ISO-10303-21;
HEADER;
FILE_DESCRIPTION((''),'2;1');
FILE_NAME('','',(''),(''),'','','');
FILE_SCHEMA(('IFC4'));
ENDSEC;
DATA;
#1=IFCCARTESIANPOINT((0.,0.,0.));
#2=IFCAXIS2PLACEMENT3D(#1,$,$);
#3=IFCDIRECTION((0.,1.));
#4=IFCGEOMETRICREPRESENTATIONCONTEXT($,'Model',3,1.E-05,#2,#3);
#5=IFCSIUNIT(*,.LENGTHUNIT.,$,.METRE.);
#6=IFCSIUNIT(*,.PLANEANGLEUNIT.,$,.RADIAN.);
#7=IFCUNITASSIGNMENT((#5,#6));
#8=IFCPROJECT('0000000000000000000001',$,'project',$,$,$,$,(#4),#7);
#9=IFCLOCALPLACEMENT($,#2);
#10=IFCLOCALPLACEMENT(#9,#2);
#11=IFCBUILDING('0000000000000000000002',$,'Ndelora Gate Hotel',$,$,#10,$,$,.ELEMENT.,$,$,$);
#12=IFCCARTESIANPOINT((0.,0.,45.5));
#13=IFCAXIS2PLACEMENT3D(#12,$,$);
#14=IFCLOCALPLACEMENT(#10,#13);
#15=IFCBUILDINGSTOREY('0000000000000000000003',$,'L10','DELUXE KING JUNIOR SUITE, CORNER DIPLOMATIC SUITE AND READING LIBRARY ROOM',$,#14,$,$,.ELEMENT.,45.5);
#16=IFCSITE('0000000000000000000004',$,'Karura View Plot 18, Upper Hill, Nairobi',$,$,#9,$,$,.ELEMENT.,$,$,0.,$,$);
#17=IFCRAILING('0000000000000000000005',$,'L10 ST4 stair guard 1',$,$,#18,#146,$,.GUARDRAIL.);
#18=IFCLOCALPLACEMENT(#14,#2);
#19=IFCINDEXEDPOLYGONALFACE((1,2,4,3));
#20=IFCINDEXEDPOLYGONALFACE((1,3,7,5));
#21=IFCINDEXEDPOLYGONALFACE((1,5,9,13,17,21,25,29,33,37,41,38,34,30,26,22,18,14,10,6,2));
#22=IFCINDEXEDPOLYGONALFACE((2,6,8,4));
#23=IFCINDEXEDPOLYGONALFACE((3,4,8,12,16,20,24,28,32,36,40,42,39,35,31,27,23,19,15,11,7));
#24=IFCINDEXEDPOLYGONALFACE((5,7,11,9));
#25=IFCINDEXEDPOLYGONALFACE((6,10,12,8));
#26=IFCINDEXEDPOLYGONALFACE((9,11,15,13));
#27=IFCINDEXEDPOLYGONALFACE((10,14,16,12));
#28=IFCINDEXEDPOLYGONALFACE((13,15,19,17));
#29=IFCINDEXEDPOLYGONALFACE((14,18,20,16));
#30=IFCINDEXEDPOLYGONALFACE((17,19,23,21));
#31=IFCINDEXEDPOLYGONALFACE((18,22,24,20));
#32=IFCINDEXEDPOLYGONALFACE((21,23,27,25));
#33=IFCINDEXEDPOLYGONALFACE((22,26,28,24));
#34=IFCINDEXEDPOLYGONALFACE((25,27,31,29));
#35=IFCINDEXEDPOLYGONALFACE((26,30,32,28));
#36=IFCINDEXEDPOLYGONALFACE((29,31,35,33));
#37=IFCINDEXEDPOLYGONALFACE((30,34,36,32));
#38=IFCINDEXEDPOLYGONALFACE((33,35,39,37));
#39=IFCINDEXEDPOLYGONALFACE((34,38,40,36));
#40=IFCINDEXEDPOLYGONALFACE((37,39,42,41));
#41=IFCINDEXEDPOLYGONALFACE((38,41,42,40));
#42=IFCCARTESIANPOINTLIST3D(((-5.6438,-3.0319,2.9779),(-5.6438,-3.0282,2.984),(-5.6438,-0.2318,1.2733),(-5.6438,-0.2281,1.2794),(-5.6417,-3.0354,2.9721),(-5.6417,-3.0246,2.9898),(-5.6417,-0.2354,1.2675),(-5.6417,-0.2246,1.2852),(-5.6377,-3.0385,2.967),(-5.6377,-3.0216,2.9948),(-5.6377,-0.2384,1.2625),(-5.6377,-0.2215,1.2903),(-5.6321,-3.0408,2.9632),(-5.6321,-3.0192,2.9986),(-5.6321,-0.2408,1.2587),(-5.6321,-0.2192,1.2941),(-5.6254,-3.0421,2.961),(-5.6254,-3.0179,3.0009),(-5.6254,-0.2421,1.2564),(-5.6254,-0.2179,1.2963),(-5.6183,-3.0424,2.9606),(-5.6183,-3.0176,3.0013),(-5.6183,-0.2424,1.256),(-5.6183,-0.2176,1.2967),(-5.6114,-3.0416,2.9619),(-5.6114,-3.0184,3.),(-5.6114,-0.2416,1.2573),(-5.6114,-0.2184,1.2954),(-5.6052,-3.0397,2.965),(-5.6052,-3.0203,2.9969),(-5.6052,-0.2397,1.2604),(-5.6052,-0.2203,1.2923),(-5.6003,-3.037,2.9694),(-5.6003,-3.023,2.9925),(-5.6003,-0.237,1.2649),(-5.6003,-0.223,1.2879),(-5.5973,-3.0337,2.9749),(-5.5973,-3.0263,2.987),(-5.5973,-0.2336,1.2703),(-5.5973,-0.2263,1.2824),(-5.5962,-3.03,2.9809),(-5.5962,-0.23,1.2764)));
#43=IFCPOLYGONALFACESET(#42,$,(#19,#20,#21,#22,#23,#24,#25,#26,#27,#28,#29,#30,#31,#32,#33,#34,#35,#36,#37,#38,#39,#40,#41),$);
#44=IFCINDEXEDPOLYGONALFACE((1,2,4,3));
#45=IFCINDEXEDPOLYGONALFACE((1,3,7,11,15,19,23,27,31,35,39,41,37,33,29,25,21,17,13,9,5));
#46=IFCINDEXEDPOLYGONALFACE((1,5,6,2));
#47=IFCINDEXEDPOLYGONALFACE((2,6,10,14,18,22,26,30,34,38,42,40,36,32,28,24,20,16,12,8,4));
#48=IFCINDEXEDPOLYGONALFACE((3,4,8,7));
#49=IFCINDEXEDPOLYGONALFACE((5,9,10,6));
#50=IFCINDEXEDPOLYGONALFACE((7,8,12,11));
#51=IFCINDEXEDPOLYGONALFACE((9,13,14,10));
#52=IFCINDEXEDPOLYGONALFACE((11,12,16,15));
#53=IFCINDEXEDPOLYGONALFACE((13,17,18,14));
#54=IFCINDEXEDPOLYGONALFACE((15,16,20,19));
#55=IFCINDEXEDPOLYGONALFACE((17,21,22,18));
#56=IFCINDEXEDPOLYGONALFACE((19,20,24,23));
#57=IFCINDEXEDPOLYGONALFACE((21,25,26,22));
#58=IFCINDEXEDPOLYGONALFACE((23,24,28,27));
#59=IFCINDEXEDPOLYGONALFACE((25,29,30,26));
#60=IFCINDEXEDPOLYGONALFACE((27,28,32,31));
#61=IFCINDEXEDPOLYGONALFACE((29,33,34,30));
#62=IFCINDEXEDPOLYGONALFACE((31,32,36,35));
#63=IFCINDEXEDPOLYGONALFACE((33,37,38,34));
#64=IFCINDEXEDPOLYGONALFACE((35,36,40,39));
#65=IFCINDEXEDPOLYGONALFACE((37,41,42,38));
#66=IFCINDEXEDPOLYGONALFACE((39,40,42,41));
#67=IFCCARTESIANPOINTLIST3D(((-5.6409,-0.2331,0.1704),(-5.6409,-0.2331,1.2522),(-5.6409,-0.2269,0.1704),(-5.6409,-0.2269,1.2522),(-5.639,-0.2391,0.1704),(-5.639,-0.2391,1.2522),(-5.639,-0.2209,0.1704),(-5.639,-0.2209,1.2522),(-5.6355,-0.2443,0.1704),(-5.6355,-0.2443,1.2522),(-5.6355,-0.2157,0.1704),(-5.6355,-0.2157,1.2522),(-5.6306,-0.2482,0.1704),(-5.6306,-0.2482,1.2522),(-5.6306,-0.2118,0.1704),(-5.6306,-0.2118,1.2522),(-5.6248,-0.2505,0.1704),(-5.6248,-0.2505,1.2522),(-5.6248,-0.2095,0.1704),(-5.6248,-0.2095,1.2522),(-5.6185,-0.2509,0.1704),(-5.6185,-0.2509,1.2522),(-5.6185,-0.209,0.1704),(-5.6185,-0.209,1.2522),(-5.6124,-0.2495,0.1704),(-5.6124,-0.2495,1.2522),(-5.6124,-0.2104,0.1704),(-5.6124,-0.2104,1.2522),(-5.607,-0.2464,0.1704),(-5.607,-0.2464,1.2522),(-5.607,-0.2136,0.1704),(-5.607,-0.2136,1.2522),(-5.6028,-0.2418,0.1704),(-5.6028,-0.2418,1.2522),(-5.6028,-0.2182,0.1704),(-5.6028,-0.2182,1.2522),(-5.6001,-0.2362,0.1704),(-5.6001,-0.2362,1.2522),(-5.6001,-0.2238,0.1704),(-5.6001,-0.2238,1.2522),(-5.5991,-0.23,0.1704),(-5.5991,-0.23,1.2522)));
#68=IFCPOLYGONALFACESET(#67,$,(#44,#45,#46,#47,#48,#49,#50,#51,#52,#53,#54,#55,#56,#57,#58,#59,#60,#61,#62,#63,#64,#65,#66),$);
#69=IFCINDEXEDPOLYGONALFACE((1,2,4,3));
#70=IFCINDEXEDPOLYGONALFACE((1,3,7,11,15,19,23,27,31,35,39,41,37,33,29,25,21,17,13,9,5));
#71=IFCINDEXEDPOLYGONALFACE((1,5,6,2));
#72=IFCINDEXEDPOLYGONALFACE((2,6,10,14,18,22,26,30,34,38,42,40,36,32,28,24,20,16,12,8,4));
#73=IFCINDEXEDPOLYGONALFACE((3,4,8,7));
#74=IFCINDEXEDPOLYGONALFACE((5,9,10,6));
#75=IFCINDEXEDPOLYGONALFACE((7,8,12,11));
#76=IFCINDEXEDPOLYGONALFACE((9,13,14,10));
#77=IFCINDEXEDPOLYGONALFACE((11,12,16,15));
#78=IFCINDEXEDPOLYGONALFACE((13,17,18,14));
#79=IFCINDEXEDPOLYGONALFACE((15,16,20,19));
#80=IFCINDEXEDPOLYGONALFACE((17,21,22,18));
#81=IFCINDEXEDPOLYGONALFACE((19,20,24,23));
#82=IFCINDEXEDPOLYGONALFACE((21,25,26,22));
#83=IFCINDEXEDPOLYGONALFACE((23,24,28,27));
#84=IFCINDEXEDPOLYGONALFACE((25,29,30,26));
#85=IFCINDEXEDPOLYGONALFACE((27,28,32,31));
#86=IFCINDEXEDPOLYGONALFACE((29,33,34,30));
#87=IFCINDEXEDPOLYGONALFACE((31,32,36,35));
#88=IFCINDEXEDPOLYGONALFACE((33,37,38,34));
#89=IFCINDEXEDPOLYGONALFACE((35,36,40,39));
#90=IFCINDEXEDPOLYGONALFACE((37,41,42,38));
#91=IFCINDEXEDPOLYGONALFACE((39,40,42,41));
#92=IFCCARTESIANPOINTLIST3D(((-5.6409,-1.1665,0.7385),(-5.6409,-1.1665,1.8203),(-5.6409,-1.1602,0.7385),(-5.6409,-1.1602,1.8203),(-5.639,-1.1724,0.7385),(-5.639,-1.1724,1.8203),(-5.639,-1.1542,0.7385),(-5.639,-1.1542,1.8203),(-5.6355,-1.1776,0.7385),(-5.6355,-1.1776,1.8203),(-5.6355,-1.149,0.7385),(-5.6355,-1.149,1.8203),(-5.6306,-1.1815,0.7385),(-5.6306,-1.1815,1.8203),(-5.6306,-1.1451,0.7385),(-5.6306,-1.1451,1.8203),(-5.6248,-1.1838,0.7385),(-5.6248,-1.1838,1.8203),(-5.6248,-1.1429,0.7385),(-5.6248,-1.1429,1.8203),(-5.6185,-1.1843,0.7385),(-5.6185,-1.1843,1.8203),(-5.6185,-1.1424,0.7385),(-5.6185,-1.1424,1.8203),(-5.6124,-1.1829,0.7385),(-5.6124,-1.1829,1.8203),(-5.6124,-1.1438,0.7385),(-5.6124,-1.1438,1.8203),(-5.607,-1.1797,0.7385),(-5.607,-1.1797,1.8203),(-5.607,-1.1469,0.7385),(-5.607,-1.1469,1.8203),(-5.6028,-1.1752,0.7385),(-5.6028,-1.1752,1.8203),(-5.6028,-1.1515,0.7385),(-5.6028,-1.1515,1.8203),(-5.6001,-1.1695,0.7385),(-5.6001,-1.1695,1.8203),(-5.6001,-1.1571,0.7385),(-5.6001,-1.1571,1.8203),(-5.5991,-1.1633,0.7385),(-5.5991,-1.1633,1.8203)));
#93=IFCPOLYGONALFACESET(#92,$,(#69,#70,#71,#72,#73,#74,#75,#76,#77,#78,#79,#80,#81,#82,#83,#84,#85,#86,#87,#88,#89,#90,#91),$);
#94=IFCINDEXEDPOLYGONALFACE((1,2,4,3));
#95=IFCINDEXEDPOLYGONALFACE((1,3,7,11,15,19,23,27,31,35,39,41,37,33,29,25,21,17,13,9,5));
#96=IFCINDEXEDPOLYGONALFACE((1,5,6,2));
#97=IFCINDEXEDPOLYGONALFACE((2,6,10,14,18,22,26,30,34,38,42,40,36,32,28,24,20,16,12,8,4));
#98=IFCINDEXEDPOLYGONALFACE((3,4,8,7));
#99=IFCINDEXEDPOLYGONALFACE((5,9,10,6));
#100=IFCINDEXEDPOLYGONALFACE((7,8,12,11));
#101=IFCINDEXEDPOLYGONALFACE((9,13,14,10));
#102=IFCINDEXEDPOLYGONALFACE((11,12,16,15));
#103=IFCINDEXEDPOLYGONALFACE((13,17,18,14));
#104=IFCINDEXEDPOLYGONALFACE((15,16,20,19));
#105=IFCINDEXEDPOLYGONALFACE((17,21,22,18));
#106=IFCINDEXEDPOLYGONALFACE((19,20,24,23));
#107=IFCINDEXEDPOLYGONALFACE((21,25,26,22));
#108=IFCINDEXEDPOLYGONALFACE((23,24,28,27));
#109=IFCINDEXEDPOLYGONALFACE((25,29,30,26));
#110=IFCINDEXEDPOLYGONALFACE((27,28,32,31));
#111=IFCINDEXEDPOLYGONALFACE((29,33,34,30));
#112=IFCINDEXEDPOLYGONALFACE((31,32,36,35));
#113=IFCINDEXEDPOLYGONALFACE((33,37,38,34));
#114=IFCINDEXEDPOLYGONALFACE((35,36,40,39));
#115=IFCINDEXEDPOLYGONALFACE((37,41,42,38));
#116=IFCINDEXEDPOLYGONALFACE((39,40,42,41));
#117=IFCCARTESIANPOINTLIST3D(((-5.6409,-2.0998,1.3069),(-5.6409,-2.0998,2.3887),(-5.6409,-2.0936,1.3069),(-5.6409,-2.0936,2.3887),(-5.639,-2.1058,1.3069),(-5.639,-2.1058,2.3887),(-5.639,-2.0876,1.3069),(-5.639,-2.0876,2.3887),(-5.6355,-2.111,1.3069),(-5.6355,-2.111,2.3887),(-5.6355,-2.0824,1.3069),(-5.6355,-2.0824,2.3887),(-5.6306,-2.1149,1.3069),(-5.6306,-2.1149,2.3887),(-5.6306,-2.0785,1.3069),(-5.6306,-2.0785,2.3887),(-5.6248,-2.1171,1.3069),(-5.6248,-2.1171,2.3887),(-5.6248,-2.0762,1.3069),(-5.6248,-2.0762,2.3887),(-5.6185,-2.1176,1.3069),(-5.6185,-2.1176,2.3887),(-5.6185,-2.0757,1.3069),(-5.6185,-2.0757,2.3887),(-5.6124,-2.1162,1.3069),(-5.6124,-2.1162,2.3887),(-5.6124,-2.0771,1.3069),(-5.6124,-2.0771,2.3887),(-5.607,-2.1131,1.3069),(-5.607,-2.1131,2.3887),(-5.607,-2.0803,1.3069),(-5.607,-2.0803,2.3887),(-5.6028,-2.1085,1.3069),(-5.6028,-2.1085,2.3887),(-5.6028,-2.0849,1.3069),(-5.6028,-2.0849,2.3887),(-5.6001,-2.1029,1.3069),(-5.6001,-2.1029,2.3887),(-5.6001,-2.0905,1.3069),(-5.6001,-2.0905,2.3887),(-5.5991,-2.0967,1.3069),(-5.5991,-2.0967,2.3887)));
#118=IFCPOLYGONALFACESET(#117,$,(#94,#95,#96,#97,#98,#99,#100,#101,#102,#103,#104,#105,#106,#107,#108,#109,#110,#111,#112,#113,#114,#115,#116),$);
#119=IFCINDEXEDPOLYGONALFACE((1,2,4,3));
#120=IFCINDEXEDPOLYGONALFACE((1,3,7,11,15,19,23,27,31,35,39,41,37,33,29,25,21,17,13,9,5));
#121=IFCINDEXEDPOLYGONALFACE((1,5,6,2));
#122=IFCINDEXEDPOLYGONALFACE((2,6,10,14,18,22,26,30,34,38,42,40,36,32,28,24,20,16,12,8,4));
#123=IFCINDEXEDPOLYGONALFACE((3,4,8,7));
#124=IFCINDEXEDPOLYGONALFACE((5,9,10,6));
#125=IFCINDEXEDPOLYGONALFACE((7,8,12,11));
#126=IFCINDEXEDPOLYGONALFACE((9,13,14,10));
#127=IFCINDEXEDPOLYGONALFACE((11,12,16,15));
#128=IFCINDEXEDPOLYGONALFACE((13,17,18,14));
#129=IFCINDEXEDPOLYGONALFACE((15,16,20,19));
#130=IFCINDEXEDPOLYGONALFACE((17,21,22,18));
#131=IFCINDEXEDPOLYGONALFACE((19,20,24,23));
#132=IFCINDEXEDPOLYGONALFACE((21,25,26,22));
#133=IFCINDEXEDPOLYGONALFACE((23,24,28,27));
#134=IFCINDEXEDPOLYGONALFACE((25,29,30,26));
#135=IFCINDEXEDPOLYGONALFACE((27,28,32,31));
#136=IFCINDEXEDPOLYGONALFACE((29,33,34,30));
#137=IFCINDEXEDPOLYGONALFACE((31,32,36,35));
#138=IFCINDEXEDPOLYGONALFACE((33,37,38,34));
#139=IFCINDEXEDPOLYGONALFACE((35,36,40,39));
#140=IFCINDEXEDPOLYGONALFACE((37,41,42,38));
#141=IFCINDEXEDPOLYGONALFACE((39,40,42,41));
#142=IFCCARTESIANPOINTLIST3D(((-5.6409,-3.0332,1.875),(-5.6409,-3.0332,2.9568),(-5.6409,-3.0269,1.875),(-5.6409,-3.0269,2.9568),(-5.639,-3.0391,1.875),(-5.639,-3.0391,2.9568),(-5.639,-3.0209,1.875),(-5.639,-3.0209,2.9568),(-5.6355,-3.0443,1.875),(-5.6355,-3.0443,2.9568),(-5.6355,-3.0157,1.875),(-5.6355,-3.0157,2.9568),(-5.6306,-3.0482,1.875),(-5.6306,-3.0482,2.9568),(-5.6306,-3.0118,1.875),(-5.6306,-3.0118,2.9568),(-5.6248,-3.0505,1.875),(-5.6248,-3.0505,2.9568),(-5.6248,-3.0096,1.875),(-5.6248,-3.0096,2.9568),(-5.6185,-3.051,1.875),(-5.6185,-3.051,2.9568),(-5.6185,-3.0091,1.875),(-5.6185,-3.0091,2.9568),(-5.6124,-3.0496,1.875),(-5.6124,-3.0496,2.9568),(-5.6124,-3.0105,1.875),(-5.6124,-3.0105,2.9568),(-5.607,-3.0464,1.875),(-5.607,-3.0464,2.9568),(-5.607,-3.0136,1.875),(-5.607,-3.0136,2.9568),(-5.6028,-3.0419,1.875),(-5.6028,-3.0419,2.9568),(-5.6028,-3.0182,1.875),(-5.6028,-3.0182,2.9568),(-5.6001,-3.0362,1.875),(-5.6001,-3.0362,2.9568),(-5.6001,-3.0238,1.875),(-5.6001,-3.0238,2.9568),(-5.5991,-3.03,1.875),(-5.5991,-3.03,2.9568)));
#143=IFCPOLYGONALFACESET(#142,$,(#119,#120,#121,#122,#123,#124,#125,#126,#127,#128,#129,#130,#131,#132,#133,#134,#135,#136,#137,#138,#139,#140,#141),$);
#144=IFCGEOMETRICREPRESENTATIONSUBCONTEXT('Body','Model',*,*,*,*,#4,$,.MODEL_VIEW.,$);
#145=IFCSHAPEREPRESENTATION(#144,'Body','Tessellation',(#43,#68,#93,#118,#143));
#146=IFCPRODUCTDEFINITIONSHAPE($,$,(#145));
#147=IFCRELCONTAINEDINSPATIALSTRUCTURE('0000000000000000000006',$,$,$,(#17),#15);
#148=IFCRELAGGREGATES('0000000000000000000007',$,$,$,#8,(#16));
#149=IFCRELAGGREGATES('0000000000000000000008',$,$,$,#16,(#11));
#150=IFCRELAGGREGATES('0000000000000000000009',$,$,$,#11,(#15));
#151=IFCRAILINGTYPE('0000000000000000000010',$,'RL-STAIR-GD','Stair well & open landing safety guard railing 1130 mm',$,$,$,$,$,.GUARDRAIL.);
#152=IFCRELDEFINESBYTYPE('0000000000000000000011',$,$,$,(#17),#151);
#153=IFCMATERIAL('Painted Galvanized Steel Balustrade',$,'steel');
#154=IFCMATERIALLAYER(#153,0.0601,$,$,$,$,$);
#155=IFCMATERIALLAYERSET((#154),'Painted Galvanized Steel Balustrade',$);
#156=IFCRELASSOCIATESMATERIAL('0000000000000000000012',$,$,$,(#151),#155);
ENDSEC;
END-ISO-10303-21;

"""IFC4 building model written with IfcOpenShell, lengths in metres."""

from ifc_helpers import new_model, si_unit, direction, frame, origin, origin_2d, place, context, subcontext, project, spatial, circle, extrude, material, layer, layer_set, type_object, element, save


model = new_model("IFC4")

# Units and contexts
model_context = context("Model", 3, precision=1e-05, world=origin(), true_north=direction((0.0, 1.0)))
body_context = subcontext(model_context, "Body", "Model", "MODEL_VIEW")
ifc_project = project(units=[si_unit("LENGTHUNIT", "METRE"), si_unit("PLANEANGLEUNIT", "RADIAN")], contexts=[model_context])

# Site, building, storey
site_placement = place(None, origin())
site = spatial("IfcSite", under=ifc_project, at=site_placement, Name="Karura View Plot 18, Upper Hill, Nairobi", CompositionType="ELEMENT", RefElevation=0.0)
building_placement = place(site_placement, origin())
building = spatial("IfcBuilding", under=site, at=building_placement, Name="Ndelora Gate Hotel", CompositionType="ELEMENT")
storey_placement = place(building_placement, frame((0.0, 0.0, 45.5)))
storey = spatial("IfcBuildingStorey", under=building, at=storey_placement, Name="L10", Description="DELUXE KING JUNIOR SUITE, CORNER DIPLOMATIC SUITE AND READING LIBRARY ROOM", CompositionType="ELEMENT", Elevation=45.5)

# Railing
ifc_material_1 = material(Name="Painted Galvanized Steel Balustrade", Category="steel")
ifc_layer_1 = layer(ifc_material_1, 0.0601)
ifc_layer_set_1 = layer_set([ifc_layer_1], Name="Painted Galvanized Steel Balustrade")
railing_type_1 = type_object("IfcRailingType", Name="RL-STAIR-GD", Description="Stair well & open landing safety guard railing 1130 mm", PredefinedType="GUARDRAIL", material=ifc_layer_set_1)
railing_1_placement = place(storey_placement, frame((-5.6201, -0.23, 0.1704)))
element("IfcRailing", 1, at=railing_1_placement, inside=storey, type_object=railing_type_1, Name="L10 ST4 stair guard 1", PredefinedType="GUARDRAIL", context=body_context, shape_type="SweptSolid", body=[
    extrude(circle(Radius=0.0239, at=origin_2d()), frame((0.0, 0.0, 1.106), z_axis=(0.0, -0.85417, 0.519994), x_axis=(1.0, 0.0, 0.0)), (0.0, 0.0, 1.0), 3.2781),
    extrude(circle(Radius=0.021, at=origin_2d()), origin(), (0.0, 0.0, 1.0), 1.0818),
    extrude(circle(Radius=0.021, at=origin_2d()), frame((0.0, -0.9333, 0.5681)), (0.0, 0.0, 1.0), 1.0818),
    extrude(circle(Radius=0.021, at=origin_2d()), frame((0.0, -1.8667, 1.1365)), (0.0, 0.0, 1.0), 1.0818),
    extrude(circle(Radius=0.021, at=origin_2d()), frame((0.0, -2.8, 1.7046)), (0.0, 0.0, 1.0), 1.0818),
])

save(model, "model.ifc")
